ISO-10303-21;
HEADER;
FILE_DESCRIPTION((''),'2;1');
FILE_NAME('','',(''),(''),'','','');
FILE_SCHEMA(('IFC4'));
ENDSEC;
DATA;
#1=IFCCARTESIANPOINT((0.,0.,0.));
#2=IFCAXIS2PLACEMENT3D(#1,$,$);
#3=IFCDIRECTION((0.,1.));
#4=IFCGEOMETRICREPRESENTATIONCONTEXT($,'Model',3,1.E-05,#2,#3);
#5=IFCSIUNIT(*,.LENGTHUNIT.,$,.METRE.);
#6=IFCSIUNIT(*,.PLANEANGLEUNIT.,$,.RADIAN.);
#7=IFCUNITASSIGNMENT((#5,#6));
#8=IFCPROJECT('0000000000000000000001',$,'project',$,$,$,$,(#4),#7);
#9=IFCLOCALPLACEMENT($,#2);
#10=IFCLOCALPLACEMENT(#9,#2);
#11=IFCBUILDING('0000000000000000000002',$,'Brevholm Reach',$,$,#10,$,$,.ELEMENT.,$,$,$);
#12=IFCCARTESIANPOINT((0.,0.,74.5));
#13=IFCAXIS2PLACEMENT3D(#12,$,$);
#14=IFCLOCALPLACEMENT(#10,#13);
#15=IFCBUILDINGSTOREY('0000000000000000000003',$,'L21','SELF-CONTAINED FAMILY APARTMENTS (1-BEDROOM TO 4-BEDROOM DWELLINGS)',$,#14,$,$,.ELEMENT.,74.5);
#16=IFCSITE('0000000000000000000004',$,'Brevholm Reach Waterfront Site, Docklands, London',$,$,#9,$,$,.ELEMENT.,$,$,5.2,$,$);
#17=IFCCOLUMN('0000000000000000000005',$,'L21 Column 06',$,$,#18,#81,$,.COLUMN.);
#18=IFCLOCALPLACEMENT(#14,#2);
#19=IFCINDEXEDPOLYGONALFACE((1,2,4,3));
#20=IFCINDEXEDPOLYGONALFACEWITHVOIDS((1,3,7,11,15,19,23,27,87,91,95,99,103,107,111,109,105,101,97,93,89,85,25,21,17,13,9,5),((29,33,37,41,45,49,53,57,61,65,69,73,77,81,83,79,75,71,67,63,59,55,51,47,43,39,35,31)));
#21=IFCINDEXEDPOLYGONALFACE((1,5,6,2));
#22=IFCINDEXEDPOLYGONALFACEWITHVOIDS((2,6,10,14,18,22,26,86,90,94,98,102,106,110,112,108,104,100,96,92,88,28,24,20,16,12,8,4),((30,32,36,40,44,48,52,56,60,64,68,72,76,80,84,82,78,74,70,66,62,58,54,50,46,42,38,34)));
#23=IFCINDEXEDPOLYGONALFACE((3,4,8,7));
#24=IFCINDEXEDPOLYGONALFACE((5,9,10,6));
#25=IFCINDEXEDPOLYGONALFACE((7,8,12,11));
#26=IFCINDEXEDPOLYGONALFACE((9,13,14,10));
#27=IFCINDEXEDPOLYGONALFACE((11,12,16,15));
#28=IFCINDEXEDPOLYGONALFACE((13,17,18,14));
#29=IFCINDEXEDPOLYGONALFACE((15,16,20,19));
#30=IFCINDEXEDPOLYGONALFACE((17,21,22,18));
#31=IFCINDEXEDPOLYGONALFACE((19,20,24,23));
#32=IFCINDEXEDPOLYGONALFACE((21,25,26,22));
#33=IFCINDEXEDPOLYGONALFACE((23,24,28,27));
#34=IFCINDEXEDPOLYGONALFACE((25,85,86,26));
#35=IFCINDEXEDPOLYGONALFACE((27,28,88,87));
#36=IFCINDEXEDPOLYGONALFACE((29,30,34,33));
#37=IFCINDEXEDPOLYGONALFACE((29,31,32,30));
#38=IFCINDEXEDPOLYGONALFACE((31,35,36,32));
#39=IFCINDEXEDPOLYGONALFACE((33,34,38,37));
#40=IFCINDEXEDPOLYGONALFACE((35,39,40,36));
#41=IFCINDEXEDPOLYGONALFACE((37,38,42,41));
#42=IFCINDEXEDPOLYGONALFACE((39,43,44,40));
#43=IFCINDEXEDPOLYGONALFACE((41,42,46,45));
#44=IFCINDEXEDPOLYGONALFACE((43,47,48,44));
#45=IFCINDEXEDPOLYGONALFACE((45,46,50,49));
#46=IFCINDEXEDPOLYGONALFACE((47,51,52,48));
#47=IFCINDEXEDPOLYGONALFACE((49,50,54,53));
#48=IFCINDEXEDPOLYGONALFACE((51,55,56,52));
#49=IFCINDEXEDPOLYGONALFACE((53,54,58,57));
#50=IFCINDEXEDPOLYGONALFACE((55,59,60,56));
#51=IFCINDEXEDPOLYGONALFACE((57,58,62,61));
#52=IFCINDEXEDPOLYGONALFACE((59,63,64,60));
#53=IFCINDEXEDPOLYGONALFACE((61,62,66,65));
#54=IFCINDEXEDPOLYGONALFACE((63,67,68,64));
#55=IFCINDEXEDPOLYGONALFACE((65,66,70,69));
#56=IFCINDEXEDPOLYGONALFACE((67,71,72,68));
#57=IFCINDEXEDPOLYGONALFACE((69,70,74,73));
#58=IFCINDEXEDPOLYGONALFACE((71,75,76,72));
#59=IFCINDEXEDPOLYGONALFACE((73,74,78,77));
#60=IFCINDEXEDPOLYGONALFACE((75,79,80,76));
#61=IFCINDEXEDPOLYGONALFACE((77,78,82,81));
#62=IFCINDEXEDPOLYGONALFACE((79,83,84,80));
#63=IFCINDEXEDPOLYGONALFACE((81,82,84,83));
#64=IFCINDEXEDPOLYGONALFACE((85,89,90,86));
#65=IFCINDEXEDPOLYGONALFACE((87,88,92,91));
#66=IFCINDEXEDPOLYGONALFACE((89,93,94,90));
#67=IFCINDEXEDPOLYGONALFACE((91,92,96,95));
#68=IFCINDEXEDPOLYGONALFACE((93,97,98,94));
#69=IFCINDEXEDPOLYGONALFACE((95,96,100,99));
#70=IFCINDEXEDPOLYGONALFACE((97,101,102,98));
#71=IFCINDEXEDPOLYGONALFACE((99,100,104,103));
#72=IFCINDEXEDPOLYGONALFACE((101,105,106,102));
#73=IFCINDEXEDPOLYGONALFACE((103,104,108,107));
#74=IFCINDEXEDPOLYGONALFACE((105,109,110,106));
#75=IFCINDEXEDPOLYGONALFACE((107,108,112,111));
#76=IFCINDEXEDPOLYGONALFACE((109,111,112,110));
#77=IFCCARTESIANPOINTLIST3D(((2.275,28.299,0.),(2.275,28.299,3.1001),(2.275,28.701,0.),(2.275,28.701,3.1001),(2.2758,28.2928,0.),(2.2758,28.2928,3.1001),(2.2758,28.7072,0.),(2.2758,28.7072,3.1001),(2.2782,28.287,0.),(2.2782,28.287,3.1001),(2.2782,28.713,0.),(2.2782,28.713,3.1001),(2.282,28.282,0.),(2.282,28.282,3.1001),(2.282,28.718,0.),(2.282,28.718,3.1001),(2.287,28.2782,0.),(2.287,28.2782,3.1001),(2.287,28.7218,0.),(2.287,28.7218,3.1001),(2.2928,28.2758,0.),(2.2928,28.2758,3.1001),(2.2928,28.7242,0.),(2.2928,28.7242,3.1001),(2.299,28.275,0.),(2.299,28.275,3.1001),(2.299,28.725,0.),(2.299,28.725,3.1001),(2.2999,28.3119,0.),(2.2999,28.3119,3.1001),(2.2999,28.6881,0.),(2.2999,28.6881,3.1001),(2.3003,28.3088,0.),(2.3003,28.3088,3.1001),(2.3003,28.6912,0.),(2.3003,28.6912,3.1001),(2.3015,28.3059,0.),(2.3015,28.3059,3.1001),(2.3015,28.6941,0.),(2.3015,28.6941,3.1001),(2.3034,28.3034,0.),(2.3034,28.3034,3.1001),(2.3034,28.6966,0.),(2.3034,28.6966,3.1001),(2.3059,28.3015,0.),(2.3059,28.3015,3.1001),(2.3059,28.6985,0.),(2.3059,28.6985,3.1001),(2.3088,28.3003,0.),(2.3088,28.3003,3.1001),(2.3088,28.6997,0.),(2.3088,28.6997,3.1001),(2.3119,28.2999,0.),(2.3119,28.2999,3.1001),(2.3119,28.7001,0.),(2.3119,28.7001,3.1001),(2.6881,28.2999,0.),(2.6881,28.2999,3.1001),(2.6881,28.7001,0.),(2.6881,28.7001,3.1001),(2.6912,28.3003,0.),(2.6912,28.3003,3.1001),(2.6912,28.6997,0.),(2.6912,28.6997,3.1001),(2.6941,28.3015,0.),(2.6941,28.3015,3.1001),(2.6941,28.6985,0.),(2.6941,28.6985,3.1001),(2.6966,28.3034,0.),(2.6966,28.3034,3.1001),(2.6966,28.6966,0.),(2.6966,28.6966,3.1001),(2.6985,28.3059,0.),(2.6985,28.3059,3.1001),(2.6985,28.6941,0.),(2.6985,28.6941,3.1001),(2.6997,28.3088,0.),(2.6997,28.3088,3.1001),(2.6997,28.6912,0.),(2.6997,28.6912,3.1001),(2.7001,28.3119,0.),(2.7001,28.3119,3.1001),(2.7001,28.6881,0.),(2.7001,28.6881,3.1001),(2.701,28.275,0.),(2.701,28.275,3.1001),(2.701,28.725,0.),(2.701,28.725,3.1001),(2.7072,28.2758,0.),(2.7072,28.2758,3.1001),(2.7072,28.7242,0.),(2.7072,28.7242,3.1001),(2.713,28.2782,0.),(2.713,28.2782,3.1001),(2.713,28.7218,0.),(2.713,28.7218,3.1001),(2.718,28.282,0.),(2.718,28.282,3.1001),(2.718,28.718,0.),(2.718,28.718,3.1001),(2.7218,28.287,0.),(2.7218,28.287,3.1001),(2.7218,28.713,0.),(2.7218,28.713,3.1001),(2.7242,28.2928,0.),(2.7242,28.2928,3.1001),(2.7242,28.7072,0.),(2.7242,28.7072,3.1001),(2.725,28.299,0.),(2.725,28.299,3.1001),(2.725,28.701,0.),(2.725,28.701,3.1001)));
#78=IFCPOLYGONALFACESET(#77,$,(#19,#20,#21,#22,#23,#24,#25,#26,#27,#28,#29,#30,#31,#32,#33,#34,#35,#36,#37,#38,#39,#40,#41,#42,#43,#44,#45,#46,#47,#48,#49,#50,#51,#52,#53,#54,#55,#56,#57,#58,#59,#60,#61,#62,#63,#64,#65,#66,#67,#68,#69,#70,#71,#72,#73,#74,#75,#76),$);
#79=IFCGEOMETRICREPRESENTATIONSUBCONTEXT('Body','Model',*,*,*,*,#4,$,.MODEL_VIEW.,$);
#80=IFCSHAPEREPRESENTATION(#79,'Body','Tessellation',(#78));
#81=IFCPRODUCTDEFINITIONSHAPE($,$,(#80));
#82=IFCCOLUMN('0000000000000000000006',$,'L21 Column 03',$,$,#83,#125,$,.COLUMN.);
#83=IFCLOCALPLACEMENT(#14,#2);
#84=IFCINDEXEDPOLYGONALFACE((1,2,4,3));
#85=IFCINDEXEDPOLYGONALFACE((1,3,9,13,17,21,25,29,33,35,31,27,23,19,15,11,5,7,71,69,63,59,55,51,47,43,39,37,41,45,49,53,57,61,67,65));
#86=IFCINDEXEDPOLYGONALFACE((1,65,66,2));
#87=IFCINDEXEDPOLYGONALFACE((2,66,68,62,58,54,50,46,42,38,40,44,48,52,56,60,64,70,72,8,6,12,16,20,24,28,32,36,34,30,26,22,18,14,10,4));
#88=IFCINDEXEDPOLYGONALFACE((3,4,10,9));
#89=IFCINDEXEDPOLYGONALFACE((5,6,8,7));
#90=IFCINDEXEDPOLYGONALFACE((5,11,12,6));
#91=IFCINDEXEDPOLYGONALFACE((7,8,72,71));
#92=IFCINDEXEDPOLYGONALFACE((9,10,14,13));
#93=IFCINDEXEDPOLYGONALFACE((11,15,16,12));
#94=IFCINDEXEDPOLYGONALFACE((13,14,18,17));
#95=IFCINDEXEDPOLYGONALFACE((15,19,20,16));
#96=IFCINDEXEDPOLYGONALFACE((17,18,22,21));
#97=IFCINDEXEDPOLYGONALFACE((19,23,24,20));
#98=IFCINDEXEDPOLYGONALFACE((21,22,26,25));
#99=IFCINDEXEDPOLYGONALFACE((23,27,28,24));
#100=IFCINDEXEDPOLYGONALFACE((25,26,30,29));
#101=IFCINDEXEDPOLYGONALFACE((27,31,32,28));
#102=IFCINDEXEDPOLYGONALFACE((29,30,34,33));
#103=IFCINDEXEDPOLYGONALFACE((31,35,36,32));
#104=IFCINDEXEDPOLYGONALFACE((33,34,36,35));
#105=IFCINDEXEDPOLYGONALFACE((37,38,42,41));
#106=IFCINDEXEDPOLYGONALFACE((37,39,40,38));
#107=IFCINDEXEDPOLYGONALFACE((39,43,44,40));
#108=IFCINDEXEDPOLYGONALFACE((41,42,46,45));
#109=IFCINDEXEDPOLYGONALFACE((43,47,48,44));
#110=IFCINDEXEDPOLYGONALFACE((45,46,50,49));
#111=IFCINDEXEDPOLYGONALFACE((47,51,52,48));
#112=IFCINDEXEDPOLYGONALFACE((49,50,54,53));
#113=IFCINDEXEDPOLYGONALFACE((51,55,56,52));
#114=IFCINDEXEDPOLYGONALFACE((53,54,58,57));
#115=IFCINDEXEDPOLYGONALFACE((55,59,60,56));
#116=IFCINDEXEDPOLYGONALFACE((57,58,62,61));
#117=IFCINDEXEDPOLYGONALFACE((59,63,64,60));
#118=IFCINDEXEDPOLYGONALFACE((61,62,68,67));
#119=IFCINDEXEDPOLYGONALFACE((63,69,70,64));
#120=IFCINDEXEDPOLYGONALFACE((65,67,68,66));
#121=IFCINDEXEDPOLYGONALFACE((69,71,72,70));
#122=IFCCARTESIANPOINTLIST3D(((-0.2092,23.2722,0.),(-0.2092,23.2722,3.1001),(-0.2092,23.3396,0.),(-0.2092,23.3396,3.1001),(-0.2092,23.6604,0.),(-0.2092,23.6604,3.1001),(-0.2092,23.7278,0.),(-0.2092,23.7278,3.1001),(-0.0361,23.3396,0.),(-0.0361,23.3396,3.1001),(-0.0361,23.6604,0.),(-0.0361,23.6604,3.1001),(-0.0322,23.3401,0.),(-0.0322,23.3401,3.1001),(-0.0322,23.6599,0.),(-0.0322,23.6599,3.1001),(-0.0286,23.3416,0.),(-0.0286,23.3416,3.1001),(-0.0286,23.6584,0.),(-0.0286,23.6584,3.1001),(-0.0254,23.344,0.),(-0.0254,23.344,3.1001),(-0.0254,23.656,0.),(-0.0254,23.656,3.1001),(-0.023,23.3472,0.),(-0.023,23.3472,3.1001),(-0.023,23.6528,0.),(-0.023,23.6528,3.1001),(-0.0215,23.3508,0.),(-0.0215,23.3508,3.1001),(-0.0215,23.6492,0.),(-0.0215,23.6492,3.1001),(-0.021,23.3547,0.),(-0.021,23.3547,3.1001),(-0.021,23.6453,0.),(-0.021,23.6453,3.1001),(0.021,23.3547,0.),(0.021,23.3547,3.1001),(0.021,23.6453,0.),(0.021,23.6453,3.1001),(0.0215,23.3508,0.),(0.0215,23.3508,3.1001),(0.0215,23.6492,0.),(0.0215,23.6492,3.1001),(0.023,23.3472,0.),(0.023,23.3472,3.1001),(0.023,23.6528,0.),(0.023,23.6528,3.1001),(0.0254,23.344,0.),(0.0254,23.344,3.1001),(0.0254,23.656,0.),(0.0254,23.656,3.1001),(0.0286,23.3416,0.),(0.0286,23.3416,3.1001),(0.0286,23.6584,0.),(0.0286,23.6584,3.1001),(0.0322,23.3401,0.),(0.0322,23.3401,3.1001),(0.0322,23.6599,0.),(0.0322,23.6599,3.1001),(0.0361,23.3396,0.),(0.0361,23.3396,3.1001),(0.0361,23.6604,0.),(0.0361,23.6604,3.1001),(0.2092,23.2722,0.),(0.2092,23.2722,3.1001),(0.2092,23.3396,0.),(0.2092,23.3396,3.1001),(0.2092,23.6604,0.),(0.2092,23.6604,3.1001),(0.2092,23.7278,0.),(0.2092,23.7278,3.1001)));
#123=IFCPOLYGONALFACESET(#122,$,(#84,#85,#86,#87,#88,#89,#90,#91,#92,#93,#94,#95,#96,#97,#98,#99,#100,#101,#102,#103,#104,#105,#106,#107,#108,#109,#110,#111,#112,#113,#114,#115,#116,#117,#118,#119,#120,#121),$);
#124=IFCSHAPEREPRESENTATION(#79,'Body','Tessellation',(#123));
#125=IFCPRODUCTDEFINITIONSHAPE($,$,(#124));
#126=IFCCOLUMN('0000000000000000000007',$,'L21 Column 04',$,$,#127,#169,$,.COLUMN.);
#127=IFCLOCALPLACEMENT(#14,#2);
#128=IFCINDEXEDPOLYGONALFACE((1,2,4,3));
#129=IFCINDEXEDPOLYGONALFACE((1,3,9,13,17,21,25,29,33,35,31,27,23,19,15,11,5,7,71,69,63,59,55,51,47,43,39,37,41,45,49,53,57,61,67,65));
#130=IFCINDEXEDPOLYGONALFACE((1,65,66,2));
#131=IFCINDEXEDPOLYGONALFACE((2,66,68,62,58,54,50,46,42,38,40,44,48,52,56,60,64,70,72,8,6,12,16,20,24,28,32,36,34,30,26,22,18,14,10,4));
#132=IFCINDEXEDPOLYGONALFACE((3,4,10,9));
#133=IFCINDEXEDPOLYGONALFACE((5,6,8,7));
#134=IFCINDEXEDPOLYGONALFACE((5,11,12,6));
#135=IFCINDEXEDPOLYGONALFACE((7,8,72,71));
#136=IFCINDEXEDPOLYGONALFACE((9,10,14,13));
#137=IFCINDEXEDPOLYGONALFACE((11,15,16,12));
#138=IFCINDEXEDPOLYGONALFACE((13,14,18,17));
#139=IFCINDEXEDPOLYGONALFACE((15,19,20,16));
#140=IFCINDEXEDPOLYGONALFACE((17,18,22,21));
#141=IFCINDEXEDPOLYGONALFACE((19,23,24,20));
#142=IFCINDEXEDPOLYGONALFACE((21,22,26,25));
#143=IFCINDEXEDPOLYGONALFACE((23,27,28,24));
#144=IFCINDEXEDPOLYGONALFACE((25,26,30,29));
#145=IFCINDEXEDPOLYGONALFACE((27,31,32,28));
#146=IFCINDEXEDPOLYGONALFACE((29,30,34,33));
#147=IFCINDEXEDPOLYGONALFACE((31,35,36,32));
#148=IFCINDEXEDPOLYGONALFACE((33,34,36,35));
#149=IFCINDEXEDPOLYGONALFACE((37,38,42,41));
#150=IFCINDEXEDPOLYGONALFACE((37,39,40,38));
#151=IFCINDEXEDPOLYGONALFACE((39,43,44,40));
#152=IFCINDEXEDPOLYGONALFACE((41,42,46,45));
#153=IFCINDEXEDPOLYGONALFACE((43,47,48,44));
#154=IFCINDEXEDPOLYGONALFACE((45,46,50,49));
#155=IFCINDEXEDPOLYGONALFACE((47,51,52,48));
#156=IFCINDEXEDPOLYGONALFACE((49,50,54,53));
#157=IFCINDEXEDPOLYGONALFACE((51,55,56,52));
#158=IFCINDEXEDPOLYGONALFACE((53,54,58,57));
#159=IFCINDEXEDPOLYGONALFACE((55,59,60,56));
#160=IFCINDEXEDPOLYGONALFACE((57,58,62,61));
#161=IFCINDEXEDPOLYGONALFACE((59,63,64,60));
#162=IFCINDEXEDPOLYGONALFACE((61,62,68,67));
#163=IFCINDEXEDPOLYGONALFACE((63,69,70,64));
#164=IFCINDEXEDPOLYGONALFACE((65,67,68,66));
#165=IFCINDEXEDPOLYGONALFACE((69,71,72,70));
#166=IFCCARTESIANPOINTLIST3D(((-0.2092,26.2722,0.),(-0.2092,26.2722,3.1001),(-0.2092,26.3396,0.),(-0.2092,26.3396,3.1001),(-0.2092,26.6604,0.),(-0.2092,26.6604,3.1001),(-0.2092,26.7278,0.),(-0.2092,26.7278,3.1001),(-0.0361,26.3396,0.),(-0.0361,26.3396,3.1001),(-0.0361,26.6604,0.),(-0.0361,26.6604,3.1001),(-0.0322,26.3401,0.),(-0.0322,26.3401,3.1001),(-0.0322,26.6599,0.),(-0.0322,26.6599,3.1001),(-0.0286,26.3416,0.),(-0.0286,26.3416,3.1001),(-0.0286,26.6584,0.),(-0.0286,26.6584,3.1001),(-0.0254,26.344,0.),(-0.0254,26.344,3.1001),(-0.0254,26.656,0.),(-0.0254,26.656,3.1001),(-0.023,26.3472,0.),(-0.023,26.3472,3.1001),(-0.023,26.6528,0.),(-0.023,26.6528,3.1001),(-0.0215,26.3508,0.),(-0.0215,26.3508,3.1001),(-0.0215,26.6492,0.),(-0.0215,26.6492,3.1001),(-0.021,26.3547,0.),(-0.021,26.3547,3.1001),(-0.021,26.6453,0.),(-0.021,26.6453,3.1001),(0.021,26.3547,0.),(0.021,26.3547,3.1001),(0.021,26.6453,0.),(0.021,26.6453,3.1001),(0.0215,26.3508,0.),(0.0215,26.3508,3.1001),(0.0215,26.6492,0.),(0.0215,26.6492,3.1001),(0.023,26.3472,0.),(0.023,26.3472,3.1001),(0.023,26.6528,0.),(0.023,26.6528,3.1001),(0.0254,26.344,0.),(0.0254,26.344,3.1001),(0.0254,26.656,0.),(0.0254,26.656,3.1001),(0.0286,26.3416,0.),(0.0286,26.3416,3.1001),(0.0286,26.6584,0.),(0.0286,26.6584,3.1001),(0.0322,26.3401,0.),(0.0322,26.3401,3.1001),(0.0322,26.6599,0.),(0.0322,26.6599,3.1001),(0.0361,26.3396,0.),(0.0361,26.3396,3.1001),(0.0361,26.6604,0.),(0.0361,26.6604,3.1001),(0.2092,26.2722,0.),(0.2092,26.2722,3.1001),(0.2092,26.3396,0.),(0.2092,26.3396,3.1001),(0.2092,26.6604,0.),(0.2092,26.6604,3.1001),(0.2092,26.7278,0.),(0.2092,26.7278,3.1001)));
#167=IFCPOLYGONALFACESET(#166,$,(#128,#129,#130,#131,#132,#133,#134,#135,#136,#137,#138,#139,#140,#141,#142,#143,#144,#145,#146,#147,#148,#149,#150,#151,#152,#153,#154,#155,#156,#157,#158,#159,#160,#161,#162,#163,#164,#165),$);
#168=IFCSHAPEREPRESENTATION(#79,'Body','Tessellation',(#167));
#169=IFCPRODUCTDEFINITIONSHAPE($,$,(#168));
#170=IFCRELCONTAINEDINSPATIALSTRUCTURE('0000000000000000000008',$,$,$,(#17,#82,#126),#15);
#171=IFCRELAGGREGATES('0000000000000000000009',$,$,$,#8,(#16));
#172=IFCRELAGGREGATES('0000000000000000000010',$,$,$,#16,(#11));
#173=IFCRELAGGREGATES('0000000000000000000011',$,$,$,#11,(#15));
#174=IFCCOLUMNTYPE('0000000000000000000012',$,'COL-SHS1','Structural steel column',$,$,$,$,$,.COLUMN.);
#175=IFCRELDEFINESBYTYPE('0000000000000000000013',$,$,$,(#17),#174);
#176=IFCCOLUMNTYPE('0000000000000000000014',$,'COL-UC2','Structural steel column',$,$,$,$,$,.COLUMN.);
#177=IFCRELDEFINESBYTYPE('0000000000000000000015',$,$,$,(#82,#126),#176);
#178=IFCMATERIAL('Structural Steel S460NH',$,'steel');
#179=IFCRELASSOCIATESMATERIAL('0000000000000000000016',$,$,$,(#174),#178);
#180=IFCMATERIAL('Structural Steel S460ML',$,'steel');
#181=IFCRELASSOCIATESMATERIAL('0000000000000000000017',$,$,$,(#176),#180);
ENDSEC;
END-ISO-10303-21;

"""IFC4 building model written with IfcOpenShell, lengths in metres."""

from ifc_helpers import new_model, si_unit, direction, frame, origin, origin_2d, place, context, subcontext, project, spatial, hollow_rectangle, i_section, extrude, material, material_profile, profile_set, type_object, element, save


model = new_model("IFC4")

# Units and contexts
model_context = context("Model", 3, precision=1e-05, world=origin(), true_north=direction((0.0, 1.0)))
body_context = subcontext(model_context, "Body", "Model", "MODEL_VIEW")
ifc_project = project(units=[si_unit("LENGTHUNIT", "METRE"), si_unit("PLANEANGLEUNIT", "RADIAN")], contexts=[model_context])

# Site, building, storey
site_placement = place(None, origin())
site = spatial("IfcSite", under=ifc_project, at=site_placement, Name="Brevholm Reach Waterfront Site, Docklands, London", CompositionType="ELEMENT", RefElevation=5.2)
building_placement = place(site_placement, origin())
building = spatial("IfcBuilding", under=site, at=building_placement, Name="Brevholm Reach", CompositionType="ELEMENT")
storey_placement = place(building_placement, frame((0.0, 0.0, 74.5)))
storey = spatial("IfcBuildingStorey", under=building, at=storey_placement, Name="L21", Description="SELF-CONTAINED FAMILY APARTMENTS (1-BEDROOM TO 4-BEDROOM DWELLINGS)", CompositionType="ELEMENT", Elevation=74.5)

# Columns
ifc_material_1 = material(Name="Structural Steel S460NH", Category="steel")
ifc_material_profile_1 = material_profile(ifc_material_1, hollow_rectangle(XDim=0.45, YDim=0.45, WallThickness=0.0249, InnerFilletRadius=0.012, OuterFilletRadius=0.0239, at=origin_2d()), Name="SHS 450x450x25")
ifc_profile_set_1 = profile_set([ifc_material_profile_1], Name="Structural Steel S460NH")
column_type_1 = type_object("IfcColumnType", Name="COL-SHS1", Description="Structural steel column", PredefinedType="COLUMN", material=ifc_profile_set_1)
column_placement = place(storey_placement, frame((2.5, 28.5, 0.0), z_axis=(0.0, 0.0, 1.0), x_axis=(1.0, 0.0, 0.0)))
element("IfcColumn", 1, at=column_placement, inside=storey, type_object=column_type_1, Name="L21 Column 06", PredefinedType="COLUMN", context=body_context, shape_type="SweptSolid", body=[
    extrude(hollow_rectangle(XDim=0.45, YDim=0.45, WallThickness=0.0249, InnerFilletRadius=0.012, OuterFilletRadius=0.0239, at=origin_2d()), origin(), (0.0, 0.0, 1.0), 3.1001),
])
ifc_material_2 = material(Name="Structural Steel S460ML", Category="steel")
ifc_material_profile_2 = material_profile(ifc_material_2, i_section(OverallWidth=0.4185, OverallDepth=0.4556, WebThickness=0.042, FlangeThickness=0.0674, FilletRadius=0.0151, at=origin_2d()), Name="UKC 356x406x551")
ifc_profile_set_2 = profile_set([ifc_material_profile_2], Name="Structural Steel S460ML")
column_type_2 = type_object("IfcColumnType", Name="COL-UC2", Description="Structural steel column", PredefinedType="COLUMN", material=ifc_profile_set_2)
for number, where, z_axis, x_axis, name in (
    (2, (0.0, 23.5, 0.0), (0.0, 0.0, 1.0), (1.0, 0.0, 0.0), "L21 Column 03"),
    (3, (0.0, 26.5, 0.0), (0.0, 0.0, 1.0), (1.0, 0.0, 0.0), "L21 Column 04"),
):
    element("IfcColumn", number, at=place(storey_placement, frame(where, z_axis=z_axis, x_axis=x_axis)), inside=storey, type_object=column_type_2, Name=name, PredefinedType="COLUMN", context=body_context, shape_type="SweptSolid", body=[
        extrude(i_section(OverallWidth=0.4185, OverallDepth=0.4556, WebThickness=0.042, FlangeThickness=0.0674, FilletRadius=0.0151, at=origin_2d()), origin(), (0.0, 0.0, 1.0), 3.1001),
    ])

save(model, "model.ifc")
